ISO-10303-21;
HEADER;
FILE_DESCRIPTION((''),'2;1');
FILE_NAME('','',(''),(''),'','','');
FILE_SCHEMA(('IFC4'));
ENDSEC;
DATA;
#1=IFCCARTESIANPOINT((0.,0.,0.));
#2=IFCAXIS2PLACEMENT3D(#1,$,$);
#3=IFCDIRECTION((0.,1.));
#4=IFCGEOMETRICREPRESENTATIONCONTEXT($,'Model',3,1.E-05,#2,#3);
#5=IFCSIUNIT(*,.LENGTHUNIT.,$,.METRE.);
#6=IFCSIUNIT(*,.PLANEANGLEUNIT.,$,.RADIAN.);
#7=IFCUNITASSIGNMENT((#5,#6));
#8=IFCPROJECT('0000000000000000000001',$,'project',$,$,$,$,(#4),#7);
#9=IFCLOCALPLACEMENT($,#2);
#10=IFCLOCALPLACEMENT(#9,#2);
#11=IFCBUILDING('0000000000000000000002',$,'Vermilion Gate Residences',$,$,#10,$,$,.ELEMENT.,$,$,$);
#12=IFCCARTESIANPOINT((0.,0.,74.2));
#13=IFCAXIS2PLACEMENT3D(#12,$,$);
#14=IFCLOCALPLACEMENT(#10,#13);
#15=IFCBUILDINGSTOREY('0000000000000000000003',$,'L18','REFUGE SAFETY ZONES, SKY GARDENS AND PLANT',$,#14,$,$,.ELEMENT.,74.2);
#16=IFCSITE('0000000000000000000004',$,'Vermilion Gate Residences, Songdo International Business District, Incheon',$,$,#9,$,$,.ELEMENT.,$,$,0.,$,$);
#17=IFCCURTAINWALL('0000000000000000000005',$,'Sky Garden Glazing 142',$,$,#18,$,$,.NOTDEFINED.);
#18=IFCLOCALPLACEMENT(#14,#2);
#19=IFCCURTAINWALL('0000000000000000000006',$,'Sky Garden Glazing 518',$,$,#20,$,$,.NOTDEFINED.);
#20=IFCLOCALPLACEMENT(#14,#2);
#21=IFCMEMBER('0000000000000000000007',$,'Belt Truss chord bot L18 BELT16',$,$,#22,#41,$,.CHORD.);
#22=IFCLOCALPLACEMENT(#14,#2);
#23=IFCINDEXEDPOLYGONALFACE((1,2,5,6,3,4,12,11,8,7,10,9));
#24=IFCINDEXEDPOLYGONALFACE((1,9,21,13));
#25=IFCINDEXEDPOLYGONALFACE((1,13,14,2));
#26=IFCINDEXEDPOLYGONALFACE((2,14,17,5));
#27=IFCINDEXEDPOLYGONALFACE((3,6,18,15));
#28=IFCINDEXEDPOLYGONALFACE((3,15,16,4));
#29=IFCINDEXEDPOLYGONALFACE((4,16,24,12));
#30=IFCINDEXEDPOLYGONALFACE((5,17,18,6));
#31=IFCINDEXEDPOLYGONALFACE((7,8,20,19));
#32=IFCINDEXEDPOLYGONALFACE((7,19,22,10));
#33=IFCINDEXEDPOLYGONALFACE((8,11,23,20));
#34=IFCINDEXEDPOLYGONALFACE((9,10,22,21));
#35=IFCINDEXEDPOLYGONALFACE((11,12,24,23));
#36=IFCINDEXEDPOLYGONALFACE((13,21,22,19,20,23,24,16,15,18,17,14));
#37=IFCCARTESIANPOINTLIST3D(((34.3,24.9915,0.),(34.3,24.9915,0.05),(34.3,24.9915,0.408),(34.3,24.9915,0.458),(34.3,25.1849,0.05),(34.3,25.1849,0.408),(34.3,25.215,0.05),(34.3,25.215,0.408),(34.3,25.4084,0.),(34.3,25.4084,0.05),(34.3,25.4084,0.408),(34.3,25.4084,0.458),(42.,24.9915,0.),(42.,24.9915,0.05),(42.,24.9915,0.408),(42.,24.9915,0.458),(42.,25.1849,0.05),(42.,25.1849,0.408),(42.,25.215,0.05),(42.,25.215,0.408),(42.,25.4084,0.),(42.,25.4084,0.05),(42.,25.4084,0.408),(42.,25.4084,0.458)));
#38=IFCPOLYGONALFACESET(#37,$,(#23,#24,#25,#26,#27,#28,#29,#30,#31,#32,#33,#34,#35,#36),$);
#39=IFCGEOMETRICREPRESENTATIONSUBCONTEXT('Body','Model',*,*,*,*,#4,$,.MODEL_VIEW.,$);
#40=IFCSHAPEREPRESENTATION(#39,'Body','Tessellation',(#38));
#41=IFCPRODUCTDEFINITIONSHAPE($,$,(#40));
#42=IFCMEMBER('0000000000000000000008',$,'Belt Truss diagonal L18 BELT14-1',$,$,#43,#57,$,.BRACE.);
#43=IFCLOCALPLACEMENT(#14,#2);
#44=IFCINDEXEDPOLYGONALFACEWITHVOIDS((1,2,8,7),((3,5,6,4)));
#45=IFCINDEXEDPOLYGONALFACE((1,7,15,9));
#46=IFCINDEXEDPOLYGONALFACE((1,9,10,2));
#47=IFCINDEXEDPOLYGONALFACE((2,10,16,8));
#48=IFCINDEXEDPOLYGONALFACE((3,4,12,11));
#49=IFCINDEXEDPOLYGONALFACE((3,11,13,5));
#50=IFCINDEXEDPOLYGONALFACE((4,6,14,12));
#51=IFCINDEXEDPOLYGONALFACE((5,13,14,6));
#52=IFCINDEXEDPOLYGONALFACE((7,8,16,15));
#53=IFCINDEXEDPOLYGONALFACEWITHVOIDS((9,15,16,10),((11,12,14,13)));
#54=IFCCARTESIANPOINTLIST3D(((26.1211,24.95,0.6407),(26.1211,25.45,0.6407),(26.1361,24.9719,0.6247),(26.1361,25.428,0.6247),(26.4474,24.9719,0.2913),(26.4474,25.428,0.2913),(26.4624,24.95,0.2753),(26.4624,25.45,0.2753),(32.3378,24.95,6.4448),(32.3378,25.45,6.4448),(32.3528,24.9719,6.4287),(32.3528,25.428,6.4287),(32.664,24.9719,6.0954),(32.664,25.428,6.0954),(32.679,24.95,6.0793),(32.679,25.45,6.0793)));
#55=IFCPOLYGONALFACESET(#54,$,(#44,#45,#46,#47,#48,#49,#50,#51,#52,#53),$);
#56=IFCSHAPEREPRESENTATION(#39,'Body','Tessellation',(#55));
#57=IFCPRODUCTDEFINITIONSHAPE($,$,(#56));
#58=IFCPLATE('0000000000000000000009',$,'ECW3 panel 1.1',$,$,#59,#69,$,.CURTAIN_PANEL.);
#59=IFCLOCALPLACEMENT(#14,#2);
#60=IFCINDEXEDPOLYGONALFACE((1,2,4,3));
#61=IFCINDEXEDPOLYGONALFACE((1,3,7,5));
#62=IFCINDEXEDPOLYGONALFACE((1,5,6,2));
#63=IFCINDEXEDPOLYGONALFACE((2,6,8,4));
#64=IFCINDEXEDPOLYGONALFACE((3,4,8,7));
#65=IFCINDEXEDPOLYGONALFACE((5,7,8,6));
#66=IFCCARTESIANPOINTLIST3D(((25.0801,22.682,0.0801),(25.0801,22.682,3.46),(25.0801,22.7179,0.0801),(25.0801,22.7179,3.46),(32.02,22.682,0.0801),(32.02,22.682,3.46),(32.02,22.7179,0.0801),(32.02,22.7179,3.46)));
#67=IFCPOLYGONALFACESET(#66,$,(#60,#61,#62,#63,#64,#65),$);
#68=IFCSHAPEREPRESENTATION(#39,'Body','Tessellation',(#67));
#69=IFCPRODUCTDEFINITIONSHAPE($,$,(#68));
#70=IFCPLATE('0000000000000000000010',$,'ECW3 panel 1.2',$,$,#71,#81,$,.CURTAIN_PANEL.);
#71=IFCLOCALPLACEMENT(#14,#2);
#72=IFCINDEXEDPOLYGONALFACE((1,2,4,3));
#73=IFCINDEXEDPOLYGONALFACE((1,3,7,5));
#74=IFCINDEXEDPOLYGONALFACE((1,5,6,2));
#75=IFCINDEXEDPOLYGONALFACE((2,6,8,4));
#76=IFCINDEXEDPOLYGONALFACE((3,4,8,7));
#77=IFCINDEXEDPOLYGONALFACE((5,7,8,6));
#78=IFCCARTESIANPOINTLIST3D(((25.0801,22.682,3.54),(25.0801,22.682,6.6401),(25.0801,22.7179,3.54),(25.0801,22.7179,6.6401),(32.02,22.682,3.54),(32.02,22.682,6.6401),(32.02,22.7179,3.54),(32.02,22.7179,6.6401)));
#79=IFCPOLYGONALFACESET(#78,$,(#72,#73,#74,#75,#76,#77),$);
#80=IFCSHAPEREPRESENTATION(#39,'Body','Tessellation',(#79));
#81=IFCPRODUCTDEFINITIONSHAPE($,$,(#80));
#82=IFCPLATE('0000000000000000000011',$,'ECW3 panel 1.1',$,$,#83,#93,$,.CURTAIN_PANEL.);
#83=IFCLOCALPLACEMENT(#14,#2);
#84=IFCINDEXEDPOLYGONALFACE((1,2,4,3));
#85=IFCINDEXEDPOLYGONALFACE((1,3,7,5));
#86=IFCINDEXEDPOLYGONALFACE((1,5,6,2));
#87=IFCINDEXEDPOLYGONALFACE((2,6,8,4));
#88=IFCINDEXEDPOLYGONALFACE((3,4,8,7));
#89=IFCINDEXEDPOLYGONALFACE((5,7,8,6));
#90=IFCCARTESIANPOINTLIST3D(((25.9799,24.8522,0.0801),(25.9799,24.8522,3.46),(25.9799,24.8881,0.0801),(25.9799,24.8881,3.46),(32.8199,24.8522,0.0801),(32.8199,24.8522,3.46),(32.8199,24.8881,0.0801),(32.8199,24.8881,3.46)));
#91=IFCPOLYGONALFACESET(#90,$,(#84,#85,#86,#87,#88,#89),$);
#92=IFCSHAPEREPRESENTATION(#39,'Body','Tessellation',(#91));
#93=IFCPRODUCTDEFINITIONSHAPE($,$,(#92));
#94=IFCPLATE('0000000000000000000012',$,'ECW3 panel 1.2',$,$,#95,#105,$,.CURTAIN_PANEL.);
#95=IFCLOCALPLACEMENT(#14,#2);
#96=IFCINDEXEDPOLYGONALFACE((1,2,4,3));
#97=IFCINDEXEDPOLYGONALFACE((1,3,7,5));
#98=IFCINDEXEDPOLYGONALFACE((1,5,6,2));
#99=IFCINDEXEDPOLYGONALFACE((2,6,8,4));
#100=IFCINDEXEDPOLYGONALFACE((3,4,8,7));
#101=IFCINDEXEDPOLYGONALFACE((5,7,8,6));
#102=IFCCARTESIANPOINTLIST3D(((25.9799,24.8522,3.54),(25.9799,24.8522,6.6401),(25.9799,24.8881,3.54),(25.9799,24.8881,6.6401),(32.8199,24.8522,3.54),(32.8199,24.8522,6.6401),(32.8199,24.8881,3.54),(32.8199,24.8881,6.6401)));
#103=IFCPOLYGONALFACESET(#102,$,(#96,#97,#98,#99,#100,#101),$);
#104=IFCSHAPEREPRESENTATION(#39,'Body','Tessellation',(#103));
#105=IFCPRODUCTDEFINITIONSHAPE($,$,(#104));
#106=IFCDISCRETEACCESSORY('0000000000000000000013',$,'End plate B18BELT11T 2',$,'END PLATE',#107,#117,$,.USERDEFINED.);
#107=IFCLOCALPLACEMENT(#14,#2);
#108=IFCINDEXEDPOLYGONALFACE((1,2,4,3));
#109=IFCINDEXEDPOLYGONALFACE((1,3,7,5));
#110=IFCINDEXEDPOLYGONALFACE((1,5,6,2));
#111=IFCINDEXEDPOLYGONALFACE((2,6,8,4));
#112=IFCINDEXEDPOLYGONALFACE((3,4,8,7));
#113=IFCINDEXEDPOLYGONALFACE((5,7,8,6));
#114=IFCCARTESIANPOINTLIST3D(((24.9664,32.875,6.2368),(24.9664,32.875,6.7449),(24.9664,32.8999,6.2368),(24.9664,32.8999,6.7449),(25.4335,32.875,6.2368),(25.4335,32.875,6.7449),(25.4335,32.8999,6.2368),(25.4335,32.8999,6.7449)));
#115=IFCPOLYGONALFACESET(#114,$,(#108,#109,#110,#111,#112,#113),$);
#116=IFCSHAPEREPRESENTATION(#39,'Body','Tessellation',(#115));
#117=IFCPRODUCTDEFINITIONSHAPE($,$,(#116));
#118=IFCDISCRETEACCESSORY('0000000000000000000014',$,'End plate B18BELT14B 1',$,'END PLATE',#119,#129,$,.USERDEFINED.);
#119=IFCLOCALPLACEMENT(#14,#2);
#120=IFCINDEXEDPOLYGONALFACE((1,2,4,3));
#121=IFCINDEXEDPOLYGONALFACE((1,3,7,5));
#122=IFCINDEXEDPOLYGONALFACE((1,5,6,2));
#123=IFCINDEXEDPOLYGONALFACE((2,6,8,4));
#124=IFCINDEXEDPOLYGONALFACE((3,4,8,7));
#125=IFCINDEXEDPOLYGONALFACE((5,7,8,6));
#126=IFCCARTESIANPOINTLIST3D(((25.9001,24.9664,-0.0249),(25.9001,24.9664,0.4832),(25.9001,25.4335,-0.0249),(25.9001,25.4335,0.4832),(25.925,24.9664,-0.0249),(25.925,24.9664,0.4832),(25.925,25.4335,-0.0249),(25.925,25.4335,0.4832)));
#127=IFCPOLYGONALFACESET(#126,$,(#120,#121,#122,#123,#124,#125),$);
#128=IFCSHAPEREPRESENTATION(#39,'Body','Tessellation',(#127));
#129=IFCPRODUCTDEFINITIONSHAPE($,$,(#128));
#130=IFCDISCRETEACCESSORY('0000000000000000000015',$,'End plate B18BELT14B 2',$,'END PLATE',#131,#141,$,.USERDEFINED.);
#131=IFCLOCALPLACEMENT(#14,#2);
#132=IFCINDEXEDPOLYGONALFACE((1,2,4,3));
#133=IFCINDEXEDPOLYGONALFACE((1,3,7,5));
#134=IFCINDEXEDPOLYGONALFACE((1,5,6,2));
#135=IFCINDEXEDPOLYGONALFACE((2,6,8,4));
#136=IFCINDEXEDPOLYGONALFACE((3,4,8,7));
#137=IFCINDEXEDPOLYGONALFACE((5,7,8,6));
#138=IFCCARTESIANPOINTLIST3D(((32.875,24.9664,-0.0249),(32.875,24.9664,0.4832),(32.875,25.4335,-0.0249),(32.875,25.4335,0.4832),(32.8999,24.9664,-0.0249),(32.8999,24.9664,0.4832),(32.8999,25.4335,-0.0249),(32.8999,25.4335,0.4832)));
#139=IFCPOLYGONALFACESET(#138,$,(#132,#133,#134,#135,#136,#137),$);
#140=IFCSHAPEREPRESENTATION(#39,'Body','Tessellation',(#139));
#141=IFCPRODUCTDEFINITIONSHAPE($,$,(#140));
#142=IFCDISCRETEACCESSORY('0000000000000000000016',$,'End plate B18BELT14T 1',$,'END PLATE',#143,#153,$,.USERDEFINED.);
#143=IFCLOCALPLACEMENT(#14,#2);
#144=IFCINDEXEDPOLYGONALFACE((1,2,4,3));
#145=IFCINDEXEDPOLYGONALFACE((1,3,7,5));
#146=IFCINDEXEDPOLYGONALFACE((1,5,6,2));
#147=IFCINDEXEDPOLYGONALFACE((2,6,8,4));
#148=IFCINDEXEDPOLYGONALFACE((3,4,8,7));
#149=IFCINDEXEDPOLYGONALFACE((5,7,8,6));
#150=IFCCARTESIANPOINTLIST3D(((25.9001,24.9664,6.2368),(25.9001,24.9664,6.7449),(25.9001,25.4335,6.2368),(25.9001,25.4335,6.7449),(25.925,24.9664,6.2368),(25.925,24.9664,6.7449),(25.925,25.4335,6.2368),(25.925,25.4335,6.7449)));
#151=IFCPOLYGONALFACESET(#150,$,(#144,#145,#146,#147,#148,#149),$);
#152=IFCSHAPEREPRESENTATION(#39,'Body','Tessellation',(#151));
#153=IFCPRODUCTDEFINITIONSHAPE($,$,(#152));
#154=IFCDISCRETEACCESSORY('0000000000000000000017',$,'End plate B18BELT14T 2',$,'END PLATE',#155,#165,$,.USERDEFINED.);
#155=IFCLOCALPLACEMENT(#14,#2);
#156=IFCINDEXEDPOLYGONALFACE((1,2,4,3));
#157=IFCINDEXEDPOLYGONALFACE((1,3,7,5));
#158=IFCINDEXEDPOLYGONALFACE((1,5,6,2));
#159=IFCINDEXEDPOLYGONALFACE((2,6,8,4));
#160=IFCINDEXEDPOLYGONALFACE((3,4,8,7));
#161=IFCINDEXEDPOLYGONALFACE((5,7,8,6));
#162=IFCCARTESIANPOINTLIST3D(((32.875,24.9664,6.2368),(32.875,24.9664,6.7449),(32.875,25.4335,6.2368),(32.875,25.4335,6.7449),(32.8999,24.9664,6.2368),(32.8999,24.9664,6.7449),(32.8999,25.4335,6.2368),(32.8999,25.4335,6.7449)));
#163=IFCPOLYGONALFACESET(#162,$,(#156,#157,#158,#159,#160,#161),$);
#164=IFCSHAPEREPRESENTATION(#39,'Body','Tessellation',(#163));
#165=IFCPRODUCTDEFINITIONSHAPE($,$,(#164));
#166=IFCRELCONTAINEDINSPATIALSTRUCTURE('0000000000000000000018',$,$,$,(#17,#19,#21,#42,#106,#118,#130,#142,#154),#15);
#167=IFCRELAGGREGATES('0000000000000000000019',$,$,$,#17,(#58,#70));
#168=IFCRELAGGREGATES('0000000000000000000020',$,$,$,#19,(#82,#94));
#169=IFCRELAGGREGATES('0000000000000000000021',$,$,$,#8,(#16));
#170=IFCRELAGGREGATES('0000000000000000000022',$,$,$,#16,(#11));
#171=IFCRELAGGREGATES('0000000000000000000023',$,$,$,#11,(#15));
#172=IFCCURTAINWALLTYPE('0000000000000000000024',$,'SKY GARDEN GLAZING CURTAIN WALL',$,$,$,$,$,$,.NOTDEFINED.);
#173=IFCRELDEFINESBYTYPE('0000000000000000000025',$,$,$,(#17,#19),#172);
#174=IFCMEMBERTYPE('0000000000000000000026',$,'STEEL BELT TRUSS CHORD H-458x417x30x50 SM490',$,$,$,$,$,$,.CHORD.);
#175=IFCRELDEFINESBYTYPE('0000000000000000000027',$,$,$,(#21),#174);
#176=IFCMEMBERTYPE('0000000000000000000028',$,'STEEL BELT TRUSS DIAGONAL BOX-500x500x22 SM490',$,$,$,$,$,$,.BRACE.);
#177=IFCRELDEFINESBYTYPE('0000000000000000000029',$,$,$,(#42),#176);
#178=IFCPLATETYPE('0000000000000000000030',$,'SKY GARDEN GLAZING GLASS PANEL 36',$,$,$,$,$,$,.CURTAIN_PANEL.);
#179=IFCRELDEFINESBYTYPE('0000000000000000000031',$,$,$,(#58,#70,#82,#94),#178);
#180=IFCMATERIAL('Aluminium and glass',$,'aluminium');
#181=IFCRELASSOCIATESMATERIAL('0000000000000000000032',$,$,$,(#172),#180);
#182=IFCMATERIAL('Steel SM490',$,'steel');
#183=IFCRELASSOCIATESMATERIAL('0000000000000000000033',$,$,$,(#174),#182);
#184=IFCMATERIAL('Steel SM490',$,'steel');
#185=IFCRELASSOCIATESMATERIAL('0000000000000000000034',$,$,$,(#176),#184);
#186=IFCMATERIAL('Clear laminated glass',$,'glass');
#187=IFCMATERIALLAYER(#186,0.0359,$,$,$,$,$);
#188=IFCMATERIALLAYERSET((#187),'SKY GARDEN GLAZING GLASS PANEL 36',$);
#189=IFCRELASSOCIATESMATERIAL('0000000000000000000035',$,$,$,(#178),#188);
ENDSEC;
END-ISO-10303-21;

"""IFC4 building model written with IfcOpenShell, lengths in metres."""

from ifc_helpers import new_model, si_unit, direction, frame, origin, origin_2d, place, context, subcontext, project, spatial, rectangle, hollow_rectangle, i_section, extrude, material, layer, layer_set, material_profile, profile_set, type_object, element, aggregate, save


model = new_model("IFC4")

# Units and contexts
model_context = context("Model", 3, precision=1e-05, world=origin(), true_north=direction((0.0, 1.0)))
body_context = subcontext(model_context, "Body", "Model", "MODEL_VIEW")
ifc_project = project(units=[si_unit("LENGTHUNIT", "METRE"), si_unit("PLANEANGLEUNIT", "RADIAN")], contexts=[model_context])

# Site, building, storey
site_placement = place(None, origin())
site = spatial("IfcSite", under=ifc_project, at=site_placement, Name="Vermilion Gate Residences, Songdo International Business District, Incheon", CompositionType="ELEMENT", RefElevation=0.0)
building_placement = place(site_placement, origin())
building = spatial("IfcBuilding", under=site, at=building_placement, Name="Vermilion Gate Residences", CompositionType="ELEMENT")
storey_placement = place(building_placement, frame((0.0, 0.0, 74.2)))
storey = spatial("IfcBuildingStorey", under=building, at=storey_placement, Name="L18", Description="REFUGE SAFETY ZONES, SKY GARDENS AND PLANT", CompositionType="ELEMENT", Elevation=74.2)

# Curtain wall
ifc_material_1 = material(Name="Aluminium and glass", Category="aluminium")
curtain_wall_type = type_object("IfcCurtainWallType", Name="SKY GARDEN GLAZING CURTAIN WALL", PredefinedType="NOTDEFINED", material=ifc_material_1)
curtain_wall_1_placement = place(storey_placement, origin())
curtain_wall_1 = element("IfcCurtainWall", 1, at=curtain_wall_1_placement, inside=storey, type_object=curtain_wall_type, Name="Sky Garden Glazing 142", PredefinedType="NOTDEFINED")

# Curtain wall
curtain_wall_2_placement = place(storey_placement, origin())
curtain_wall_2 = element("IfcCurtainWall", 2, at=curtain_wall_2_placement, inside=storey, type_object=curtain_wall_type, Name="Sky Garden Glazing 518", PredefinedType="NOTDEFINED")

# Members
ifc_material_2 = material(Name="Steel SM490", Category="steel")
ifc_material_profile_1 = material_profile(ifc_material_2, i_section(OverallWidth=0.417, OverallDepth=0.458, WebThickness=0.03, FlangeThickness=0.05, at=origin_2d()), Name="H-458x417x30x50")
ifc_profile_set_1 = profile_set([ifc_material_profile_1], Name="Steel SM490")
member_type_1 = type_object("IfcMemberType", Name="STEEL BELT TRUSS CHORD H-458x417x30x50 SM490", PredefinedType="CHORD", material=ifc_profile_set_1)
member_1_placement = place(storey_placement, frame((34.3, 25.2, 0.229), z_axis=(1.0, 0.0, 0.0), x_axis=(0.0, 1.0, 0.0)))
element("IfcMember", 3, at=member_1_placement, inside=storey, type_object=member_type_1, Name="Belt Truss chord bot L18 BELT16", PredefinedType="CHORD", context=body_context, shape_type="SweptSolid", body=[
    extrude(i_section(OverallWidth=0.417, OverallDepth=0.458, WebThickness=0.03, FlangeThickness=0.05, at=origin_2d()), origin(), (0.0, 0.0, 1.0), 7.7),
])
ifc_material_3 = material(Name="Steel SM490", Category="steel")
ifc_material_profile_2 = material_profile(ifc_material_3, hollow_rectangle(XDim=0.5, YDim=0.5, WallThickness=0.022, at=origin_2d()), Name="BOX-500x500x22")
ifc_profile_set_2 = profile_set([ifc_material_profile_2], Name="Steel SM490")
member_type_2 = type_object("IfcMemberType", Name="STEEL BELT TRUSS DIAGONAL BOX-500x500x22 SM490", PredefinedType="BRACE", material=ifc_profile_set_2)
member_2_placement = place(storey_placement, frame((26.2917, 25.2, 0.458), z_axis=(0.730947, 0.0, 0.682434), x_axis=(0.0, 1.0, 0.0)))
element("IfcMember", 4, at=member_2_placement, inside=storey, type_object=member_type_2, Name="Belt Truss diagonal L18 BELT14-1", PredefinedType="BRACE", context=body_context, shape_type="SweptSolid", body=[
    extrude(hollow_rectangle(XDim=0.5, YDim=0.5, WallThickness=0.022, at=origin_2d()), origin(), (0.0, 0.0, 1.0), 8.5049),
])

# Plates
ifc_material_4 = material(Name="Clear laminated glass", Category="glass")
ifc_layer = layer(ifc_material_4, 0.0359)
ifc_layer_set = layer_set([ifc_layer], Name="SKY GARDEN GLAZING GLASS PANEL 36")
plate_type = type_object("IfcPlateType", Name="SKY GARDEN GLAZING GLASS PANEL 36", PredefinedType="CURTAIN_PANEL", material=ifc_layer_set)
plate_1_placement = place(storey_placement, frame((28.55, 22.7, 0.0801), z_axis=(0.0, 0.0, 1.0), x_axis=(-1.0, 0.0, 0.0)))
plate_1 = element("IfcPlate", 5, at=plate_1_placement, type_object=plate_type, Name="ECW3 panel 1.1", PredefinedType="CURTAIN_PANEL", context=body_context, shape_type="SweptSolid", body=[
    extrude(rectangle(XDim=6.9399, YDim=0.0359, at=origin_2d()), origin(), (0.0, 0.0, 1.0), 3.3799),
])
plate_2_placement = place(storey_placement, frame((28.55, 22.7, 3.54), z_axis=(0.0, 0.0, 1.0), x_axis=(-1.0, 0.0, 0.0)))
plate_2 = element("IfcPlate", 6, at=plate_2_placement, type_object=plate_type, Name="ECW3 panel 1.2", PredefinedType="CURTAIN_PANEL", context=body_context, shape_type="SweptSolid", body=[
    extrude(rectangle(XDim=6.9399, YDim=0.0359, at=origin_2d()), origin(), (0.0, 0.0, 1.0), 3.1001),
])
aggregate(curtain_wall_1, [plate_1, plate_2])
plate_3_placement = place(storey_placement, frame((29.3999, 24.8701, 0.0801), z_axis=(0.0, 0.0, 1.0), x_axis=(-1.0, 0.0, 0.0)))
plate_3 = element("IfcPlate", 7, at=plate_3_placement, type_object=plate_type, Name="ECW3 panel 1.1", PredefinedType="CURTAIN_PANEL", context=body_context, shape_type="SweptSolid", body=[
    extrude(rectangle(XDim=6.8401, YDim=0.0359, at=origin_2d()), origin(), (0.0, 0.0, 1.0), 3.3799),
])
plate_4_placement = place(storey_placement, frame((29.3999, 24.8701, 3.54), z_axis=(0.0, 0.0, 1.0), x_axis=(-1.0, 0.0, 0.0)))
plate_4 = element("IfcPlate", 8, at=plate_4_placement, type_object=plate_type, Name="ECW3 panel 1.2", PredefinedType="CURTAIN_PANEL", context=body_context, shape_type="SweptSolid", body=[
    extrude(rectangle(XDim=6.8401, YDim=0.0359, at=origin_2d()), origin(), (0.0, 0.0, 1.0), 3.1001),
])
aggregate(curtain_wall_2, [plate_3, plate_4])

# Discrete accessories
discrete_accessory_placement = place(storey_placement, frame((25.2, 32.8875, 6.2368), z_axis=(0.0, 0.0, 1.0), x_axis=(1.0, 0.0, 0.0)))
element("IfcDiscreteAccessory", 9, at=discrete_accessory_placement, inside=storey, Name="End plate B18BELT11T 2", ObjectType="END PLATE", PredefinedType="USERDEFINED", context=body_context, shape_type="SweptSolid", body=[
    extrude(rectangle(XDim=0.467, YDim=0.0249, at=origin_2d()), origin(), (0.0, 0.0, 1.0), 0.5081),
])
for number, where, z_axis, x_axis, name in (
    (10, (25.9126, 25.2, -0.0249), (0.0, 0.0, 1.0), (1.0, 0.0, 0.0), "End plate B18BELT14B 1"),
    (11, (32.8875, 25.2, -0.0249), (0.0, 0.0, 1.0), (1.0, 0.0, 0.0), "End plate B18BELT14B 2"),
    (12, (25.9126, 25.2, 6.2368), (0.0, 0.0, 1.0), (1.0, 0.0, 0.0), "End plate B18BELT14T 1"),
    (13, (32.8875, 25.2, 6.2368), (0.0, 0.0, 1.0), (1.0, 0.0, 0.0), "End plate B18BELT14T 2"),
):
    element("IfcDiscreteAccessory", number, at=place(storey_placement, frame(where, z_axis=z_axis, x_axis=x_axis)), inside=storey, Name=name, ObjectType="END PLATE", PredefinedType="USERDEFINED", context=body_context, shape_type="SweptSolid", body=[
        extrude(rectangle(XDim=0.0249, YDim=0.467, at=origin_2d()), origin(), (0.0, 0.0, 1.0), 0.5081),
    ])

save(model, "model.ifc")
